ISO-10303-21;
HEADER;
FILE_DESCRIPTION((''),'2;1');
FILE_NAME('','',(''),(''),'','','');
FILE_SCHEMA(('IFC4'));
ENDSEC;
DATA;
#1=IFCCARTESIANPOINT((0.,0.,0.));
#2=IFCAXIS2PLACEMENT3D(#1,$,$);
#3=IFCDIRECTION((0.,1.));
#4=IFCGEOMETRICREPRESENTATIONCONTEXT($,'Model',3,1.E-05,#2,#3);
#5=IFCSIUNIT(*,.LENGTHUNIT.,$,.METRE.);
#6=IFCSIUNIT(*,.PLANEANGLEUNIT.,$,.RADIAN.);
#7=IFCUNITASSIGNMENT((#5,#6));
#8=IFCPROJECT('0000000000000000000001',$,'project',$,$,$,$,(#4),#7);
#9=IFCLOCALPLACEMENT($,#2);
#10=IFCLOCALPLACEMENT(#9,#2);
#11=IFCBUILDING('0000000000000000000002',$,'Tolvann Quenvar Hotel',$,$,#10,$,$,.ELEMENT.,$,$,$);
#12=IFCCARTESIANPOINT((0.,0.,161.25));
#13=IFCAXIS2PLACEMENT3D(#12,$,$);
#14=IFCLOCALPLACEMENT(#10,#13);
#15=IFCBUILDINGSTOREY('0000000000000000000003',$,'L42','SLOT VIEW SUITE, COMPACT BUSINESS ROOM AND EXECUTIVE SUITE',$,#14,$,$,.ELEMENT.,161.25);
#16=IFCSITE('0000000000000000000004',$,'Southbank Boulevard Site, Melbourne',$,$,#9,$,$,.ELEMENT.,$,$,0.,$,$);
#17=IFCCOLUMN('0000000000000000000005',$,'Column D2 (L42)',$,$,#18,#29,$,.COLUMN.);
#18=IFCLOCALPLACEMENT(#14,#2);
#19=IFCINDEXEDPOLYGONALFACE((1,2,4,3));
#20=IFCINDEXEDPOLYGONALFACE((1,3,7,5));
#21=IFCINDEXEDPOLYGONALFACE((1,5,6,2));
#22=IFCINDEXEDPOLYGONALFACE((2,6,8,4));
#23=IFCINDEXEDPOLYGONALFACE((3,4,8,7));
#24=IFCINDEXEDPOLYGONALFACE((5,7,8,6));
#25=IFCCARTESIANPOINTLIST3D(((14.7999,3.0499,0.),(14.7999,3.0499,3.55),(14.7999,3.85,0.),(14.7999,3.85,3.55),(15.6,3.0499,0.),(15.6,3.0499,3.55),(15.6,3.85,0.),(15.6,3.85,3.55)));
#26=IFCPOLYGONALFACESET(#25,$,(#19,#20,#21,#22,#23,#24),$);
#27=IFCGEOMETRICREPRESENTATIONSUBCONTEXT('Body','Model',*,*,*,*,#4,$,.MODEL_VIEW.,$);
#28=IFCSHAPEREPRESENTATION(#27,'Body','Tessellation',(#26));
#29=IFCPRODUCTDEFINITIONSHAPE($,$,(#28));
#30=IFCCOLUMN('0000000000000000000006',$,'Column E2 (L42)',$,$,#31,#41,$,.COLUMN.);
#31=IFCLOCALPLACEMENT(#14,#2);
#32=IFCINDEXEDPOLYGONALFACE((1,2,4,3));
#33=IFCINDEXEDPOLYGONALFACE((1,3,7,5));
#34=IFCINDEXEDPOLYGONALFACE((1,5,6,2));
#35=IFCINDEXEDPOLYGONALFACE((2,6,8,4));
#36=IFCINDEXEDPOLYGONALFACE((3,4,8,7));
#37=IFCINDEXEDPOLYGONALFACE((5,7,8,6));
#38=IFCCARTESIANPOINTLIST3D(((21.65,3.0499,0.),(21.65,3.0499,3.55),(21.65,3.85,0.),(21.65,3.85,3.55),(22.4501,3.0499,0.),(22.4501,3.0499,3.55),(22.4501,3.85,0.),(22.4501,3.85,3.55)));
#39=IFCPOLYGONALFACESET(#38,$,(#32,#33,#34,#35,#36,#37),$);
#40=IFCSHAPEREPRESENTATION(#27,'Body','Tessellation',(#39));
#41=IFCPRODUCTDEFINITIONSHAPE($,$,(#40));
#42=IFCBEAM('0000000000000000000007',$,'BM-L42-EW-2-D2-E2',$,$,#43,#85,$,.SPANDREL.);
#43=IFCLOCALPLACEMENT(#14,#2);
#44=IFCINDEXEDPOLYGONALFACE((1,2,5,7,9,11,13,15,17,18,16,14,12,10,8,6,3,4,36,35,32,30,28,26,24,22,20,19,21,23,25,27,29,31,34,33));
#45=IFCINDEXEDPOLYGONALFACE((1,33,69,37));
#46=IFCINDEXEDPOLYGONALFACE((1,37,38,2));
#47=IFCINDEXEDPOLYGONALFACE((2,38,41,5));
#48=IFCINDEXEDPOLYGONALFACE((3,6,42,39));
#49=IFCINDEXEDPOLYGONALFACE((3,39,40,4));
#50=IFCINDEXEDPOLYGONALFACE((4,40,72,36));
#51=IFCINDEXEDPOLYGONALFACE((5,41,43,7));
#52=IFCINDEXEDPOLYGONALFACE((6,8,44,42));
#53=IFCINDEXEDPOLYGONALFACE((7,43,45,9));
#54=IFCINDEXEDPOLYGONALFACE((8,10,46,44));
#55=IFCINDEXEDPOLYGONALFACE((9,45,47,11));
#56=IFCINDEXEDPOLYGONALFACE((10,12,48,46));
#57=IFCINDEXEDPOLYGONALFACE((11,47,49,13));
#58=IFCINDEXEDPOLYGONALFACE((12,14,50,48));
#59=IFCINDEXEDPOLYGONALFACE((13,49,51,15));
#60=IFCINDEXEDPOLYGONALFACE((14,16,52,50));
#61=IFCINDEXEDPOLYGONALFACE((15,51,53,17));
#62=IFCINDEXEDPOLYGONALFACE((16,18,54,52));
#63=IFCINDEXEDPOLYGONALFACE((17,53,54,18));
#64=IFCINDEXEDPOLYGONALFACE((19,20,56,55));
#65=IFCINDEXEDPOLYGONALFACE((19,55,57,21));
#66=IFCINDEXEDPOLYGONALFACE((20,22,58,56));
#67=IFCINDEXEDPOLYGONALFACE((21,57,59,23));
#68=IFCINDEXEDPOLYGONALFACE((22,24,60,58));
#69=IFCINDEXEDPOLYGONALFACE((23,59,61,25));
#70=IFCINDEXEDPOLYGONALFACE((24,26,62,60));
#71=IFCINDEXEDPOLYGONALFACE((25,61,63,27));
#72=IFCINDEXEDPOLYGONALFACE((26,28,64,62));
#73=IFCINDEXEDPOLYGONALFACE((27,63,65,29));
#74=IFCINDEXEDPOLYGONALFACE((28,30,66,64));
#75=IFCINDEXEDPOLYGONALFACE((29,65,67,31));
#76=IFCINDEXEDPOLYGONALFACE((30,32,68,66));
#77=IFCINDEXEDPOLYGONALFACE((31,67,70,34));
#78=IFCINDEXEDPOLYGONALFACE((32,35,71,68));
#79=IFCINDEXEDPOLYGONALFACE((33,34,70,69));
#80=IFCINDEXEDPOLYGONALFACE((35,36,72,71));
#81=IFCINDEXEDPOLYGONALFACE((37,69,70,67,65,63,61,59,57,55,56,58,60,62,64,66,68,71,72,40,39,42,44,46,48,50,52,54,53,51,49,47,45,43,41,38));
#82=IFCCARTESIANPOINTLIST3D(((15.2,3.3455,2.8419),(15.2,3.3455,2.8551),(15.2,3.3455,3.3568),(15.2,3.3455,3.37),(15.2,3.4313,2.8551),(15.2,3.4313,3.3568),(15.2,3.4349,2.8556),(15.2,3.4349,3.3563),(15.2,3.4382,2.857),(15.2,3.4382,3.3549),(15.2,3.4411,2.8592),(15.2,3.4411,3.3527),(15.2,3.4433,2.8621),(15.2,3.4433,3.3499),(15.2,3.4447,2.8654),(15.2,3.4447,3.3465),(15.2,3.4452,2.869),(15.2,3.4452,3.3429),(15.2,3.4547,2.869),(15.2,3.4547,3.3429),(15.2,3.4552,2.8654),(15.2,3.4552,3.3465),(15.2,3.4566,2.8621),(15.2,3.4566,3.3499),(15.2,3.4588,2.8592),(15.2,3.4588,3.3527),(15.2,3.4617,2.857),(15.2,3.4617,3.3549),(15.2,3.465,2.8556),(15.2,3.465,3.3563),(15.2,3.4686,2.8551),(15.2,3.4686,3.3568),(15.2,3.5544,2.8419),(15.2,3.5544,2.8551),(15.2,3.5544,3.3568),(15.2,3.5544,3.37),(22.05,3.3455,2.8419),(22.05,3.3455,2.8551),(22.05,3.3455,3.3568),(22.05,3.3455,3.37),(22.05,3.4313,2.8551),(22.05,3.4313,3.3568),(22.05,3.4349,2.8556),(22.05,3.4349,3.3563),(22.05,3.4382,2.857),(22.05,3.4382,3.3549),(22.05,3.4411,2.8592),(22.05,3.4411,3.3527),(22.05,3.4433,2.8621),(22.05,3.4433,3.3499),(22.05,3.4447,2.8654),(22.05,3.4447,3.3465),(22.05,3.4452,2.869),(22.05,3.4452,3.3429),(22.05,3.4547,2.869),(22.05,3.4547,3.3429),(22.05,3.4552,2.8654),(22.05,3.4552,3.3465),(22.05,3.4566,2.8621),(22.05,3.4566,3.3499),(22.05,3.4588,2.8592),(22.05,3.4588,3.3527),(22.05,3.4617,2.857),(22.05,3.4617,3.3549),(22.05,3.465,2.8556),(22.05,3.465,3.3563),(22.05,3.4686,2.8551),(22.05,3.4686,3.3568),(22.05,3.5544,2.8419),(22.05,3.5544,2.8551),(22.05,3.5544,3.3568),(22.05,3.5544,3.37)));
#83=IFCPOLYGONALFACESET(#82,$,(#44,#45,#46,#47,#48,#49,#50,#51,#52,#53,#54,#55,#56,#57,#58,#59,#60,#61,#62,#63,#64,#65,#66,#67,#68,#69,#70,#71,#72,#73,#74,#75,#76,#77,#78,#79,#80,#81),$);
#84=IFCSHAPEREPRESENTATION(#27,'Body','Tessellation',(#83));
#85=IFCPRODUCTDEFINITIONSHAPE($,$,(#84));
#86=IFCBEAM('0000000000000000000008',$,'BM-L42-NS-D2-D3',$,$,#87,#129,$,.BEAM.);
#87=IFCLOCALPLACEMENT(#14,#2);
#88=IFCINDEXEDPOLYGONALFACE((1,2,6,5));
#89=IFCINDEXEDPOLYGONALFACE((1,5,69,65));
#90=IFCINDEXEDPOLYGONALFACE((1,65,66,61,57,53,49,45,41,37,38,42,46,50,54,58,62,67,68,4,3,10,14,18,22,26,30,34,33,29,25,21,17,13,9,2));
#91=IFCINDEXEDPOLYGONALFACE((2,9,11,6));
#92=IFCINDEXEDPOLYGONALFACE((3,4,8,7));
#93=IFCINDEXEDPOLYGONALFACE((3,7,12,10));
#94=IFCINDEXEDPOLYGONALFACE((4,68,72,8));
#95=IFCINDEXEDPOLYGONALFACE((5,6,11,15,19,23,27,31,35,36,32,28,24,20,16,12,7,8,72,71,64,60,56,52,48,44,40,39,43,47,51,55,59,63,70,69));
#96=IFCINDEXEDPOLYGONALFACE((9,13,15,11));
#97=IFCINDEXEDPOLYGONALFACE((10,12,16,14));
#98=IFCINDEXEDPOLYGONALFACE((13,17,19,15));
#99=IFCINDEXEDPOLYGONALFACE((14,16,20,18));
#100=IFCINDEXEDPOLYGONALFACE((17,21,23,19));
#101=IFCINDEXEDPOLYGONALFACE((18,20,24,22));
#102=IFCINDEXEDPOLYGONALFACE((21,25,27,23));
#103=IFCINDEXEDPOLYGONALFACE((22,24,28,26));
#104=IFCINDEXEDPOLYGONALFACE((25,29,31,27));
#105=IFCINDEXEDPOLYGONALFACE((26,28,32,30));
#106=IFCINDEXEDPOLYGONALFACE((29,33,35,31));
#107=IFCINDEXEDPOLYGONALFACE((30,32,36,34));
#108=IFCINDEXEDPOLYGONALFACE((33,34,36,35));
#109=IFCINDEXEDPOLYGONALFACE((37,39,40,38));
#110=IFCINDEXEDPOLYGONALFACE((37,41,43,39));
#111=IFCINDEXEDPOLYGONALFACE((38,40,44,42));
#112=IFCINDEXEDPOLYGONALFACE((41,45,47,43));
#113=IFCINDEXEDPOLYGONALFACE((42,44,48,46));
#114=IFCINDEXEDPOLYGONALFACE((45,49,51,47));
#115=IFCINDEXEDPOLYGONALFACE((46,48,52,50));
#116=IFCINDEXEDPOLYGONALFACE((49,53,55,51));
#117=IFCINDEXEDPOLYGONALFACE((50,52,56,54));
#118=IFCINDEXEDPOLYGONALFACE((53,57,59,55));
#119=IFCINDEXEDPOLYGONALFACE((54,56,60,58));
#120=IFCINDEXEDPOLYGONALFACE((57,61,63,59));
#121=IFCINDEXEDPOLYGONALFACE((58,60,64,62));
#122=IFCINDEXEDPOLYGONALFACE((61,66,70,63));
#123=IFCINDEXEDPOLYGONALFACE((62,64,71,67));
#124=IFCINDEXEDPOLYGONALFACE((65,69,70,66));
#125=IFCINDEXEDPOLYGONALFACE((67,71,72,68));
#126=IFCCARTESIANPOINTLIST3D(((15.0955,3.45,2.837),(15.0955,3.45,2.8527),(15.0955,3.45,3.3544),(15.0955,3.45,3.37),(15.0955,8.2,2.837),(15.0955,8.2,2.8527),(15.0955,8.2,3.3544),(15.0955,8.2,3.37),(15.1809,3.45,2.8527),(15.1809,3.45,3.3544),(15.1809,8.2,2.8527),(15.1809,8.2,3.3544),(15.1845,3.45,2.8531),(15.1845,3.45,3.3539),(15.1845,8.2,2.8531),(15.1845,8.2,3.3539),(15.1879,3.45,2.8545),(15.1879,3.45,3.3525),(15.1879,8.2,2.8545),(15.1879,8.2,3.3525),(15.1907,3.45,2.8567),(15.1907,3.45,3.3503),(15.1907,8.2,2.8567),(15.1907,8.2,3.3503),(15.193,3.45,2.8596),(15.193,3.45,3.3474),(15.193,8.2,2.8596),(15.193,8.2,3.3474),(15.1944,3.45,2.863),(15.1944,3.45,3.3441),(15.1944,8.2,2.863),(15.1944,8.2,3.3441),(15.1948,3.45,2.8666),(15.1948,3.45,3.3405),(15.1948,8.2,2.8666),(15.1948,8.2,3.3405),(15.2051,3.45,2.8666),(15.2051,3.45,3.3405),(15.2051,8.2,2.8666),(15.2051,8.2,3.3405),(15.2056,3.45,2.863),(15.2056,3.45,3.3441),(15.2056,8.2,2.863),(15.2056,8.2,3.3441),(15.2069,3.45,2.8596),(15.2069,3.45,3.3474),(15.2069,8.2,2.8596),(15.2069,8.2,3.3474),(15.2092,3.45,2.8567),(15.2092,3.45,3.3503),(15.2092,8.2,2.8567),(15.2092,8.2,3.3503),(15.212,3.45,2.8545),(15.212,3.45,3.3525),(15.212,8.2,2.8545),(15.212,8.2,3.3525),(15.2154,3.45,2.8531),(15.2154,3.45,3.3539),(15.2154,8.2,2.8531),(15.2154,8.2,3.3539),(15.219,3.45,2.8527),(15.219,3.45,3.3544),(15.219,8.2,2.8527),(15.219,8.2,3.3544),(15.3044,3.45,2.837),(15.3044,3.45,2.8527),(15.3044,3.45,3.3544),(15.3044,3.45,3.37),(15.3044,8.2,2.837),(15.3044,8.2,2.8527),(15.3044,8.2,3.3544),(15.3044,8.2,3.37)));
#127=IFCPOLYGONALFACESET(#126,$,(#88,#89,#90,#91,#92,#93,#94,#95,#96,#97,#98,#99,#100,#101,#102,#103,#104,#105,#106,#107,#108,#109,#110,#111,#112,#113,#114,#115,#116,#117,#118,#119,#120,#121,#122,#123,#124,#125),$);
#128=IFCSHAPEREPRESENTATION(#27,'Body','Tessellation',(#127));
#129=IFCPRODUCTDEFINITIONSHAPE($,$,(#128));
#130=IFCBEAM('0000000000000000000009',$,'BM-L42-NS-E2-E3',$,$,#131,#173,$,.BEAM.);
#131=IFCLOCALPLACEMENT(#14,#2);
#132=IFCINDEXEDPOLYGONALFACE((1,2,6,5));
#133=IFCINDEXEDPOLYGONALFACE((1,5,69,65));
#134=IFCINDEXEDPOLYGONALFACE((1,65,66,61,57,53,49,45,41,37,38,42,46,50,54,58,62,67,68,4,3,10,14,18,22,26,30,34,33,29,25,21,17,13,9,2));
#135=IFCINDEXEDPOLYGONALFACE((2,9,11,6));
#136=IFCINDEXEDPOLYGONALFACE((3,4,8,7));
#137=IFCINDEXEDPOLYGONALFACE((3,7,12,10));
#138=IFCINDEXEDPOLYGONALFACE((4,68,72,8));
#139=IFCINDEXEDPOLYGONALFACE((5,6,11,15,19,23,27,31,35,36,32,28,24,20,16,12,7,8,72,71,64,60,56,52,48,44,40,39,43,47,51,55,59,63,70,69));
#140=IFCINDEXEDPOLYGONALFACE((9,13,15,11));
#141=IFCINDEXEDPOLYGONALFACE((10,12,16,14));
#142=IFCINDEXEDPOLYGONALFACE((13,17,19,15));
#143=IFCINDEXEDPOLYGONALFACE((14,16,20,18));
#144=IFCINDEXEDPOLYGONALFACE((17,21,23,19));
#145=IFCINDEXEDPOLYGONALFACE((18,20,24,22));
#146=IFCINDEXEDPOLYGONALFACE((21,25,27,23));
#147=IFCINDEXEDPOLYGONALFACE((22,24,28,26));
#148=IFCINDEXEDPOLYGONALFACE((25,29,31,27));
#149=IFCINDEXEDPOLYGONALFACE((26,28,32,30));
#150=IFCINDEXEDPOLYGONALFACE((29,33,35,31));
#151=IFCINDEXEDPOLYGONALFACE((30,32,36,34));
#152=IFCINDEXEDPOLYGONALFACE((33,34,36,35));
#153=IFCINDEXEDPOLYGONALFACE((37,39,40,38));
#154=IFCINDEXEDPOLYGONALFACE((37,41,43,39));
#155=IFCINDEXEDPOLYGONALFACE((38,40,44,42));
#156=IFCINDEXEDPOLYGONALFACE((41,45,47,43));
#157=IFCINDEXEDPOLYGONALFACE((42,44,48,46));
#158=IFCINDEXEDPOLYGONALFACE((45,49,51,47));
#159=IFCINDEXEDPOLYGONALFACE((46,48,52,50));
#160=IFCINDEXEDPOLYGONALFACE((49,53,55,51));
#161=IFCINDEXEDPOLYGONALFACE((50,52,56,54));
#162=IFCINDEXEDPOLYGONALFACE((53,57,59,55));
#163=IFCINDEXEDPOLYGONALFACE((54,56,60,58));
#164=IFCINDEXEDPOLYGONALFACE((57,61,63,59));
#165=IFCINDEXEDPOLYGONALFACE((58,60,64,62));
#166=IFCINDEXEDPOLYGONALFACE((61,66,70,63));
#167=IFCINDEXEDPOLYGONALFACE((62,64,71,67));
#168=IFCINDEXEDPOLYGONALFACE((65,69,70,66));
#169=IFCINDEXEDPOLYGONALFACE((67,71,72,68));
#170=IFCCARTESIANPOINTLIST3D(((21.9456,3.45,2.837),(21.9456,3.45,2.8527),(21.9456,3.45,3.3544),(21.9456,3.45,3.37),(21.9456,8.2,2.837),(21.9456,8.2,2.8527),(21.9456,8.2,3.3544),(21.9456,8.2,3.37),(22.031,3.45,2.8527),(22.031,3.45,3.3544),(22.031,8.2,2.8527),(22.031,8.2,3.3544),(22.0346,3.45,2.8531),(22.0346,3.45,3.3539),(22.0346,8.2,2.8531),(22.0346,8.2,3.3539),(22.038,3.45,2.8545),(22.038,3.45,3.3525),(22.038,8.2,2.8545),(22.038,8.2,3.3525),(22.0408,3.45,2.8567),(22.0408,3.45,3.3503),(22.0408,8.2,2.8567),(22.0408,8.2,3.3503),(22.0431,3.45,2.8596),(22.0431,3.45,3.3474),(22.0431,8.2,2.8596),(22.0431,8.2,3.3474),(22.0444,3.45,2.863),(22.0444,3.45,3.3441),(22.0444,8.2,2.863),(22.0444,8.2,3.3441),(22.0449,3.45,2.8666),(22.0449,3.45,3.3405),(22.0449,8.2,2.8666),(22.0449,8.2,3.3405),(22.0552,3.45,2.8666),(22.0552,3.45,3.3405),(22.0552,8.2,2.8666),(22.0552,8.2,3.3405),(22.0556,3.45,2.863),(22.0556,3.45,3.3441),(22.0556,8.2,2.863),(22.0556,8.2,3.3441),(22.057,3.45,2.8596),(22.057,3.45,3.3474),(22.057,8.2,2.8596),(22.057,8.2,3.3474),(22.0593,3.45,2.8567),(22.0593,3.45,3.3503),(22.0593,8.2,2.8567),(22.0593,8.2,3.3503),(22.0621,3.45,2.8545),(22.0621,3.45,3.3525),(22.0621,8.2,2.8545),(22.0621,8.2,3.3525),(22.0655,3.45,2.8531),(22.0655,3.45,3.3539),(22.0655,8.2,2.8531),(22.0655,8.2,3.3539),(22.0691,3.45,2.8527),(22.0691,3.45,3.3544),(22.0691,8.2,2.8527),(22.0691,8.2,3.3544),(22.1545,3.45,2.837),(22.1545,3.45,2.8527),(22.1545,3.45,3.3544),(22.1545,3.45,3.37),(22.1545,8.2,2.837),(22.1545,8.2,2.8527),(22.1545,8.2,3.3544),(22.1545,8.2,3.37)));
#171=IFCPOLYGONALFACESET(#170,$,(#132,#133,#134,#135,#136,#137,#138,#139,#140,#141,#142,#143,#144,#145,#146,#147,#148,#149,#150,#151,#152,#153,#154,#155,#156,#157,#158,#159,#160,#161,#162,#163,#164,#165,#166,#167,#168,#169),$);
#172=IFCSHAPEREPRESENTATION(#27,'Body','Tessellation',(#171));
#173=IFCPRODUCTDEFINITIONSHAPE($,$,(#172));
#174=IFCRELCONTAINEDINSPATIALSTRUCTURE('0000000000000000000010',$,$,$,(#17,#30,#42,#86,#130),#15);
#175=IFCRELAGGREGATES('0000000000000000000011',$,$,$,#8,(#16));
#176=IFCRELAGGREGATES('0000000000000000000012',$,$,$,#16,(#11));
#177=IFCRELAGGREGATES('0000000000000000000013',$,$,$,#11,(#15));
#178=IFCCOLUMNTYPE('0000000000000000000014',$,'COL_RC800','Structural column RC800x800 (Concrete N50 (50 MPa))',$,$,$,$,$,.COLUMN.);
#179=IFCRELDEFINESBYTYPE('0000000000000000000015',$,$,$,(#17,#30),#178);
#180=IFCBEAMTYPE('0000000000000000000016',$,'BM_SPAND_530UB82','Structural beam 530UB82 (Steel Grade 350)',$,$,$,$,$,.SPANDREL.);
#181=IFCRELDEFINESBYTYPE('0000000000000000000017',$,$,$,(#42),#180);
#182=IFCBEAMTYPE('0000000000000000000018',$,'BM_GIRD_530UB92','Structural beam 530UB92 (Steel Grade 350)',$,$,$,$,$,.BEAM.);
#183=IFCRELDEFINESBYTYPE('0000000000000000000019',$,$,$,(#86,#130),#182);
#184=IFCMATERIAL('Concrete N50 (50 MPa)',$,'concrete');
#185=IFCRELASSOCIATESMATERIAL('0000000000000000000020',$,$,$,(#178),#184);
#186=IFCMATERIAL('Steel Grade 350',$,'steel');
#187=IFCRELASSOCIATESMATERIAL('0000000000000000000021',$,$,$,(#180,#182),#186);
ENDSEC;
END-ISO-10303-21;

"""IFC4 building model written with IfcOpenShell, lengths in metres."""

from ifc_helpers import new_model, si_unit, direction, frame, origin, origin_2d, place, context, subcontext, project, spatial, rectangle, i_section, extrude, source, transform, mapped, material, material_profile, profile_set, type_object, type_shapes, element, save


model = new_model("IFC4")

# Units and contexts
model_context = context("Model", 3, precision=1e-05, world=origin(), true_north=direction((0.0, 1.0)))
body_context = subcontext(model_context, "Body", "Model", "MODEL_VIEW")
ifc_project = project(units=[si_unit("LENGTHUNIT", "METRE"), si_unit("PLANEANGLEUNIT", "RADIAN")], contexts=[model_context])

# Site, building, storey
site_placement = place(None, origin())
site = spatial("IfcSite", under=ifc_project, at=site_placement, Name="Southbank Boulevard Site, Melbourne", CompositionType="ELEMENT", RefElevation=0.0)
building_placement = place(site_placement, origin())
building = spatial("IfcBuilding", under=site, at=building_placement, Name="Tolvann Quenvar Hotel", CompositionType="ELEMENT")
storey_placement = place(building_placement, frame((0.0, 0.0, 161.25)))
storey = spatial("IfcBuildingStorey", under=building, at=storey_placement, Name="L42", Description="SLOT VIEW SUITE, COMPACT BUSINESS ROOM AND EXECUTIVE SUITE", CompositionType="ELEMENT", Elevation=161.25)

# Columns
ifc_material_1 = material(Name="Concrete N50 (50 MPa)", Category="concrete")
ifc_material_profile_1 = material_profile(ifc_material_1, rectangle(XDim=0.8, YDim=0.8, at=origin_2d()), Name="RC800x800")
ifc_profile_set_1 = profile_set([ifc_material_profile_1], Name="Concrete N50 (50 MPa)")
column_type = type_object("IfcColumnType", Name="COL_RC800", Description="Structural column RC800x800 (Concrete N50 (50 MPa))", PredefinedType="COLUMN", material=ifc_profile_set_1)
shared_shape_1 = source(origin(), body_context, "Body", "SweptSolid", [
    extrude(rectangle(XDim=0.8, YDim=0.8, at=origin_2d()), origin(), (0.0, 0.0, 1.0), 3.55),
])
type_shapes(column_type, [shared_shape_1])
for number, where, z_axis, x_axis, name in (
    (1, (15.2, 3.45, 0.0), (0.0, 0.0, 1.0), (1.0, 0.0, 0.0), "Column D2 (L42)"),
    (2, (22.05, 3.45, 0.0), (0.0, 0.0, 1.0), (1.0, 0.0, 0.0), "Column E2 (L42)"),
):
    element("IfcColumn", number, at=place(storey_placement, frame(where, z_axis=z_axis, x_axis=x_axis)), inside=storey, type_object=column_type, Name=name, PredefinedType="COLUMN", context=body_context, shape_type="MappedRepresentation", body=[
        mapped(shared_shape_1, transform((0.0, 0.0, 0.0), x_axis=(1.0, 0.0, 0.0), y_axis=(0.0, 1.0, 0.0), z_axis=(0.0, 0.0, 1.0), scale=1.0)),
    ])

# Beams
ifc_material_2 = material(Name="Steel Grade 350", Category="steel")
ifc_material_profile_2 = material_profile(ifc_material_2, i_section(OverallWidth=0.209, OverallDepth=0.5281, WebThickness=0.0095, FlangeThickness=0.0132, FilletRadius=0.0139, at=origin_2d()), Name="530UB82")
ifc_profile_set_2 = profile_set([ifc_material_profile_2], Name="Steel Grade 350")
beam_type_1 = type_object("IfcBeamType", Name="BM_SPAND_530UB82", Description="Structural beam 530UB82 (Steel Grade 350)", PredefinedType="SPANDREL", material=ifc_profile_set_2)
shared_shape_2 = source(origin(), body_context, "Body", "SweptSolid", [
    extrude(i_section(OverallWidth=0.209, OverallDepth=0.5281, WebThickness=0.0095, FlangeThickness=0.0132, FilletRadius=0.0139, at=origin_2d()), origin(), (0.0, 0.0, 1.0), 6.8501),
])
type_shapes(beam_type_1, [shared_shape_2])
beam_placement = place(storey_placement, frame((15.2, 3.45, 3.106), z_axis=(1.0, 0.0, 0.0), x_axis=(0.0, 1.0, 0.0)))
element("IfcBeam", 3, at=beam_placement, inside=storey, type_object=beam_type_1, Name="BM-L42-EW-2-D2-E2", PredefinedType="SPANDREL", context=body_context, shape_type="MappedRepresentation", body=[
    mapped(shared_shape_2, transform((0.0, 0.0, 0.0), x_axis=(1.0, 0.0, 0.0), y_axis=(0.0, 1.0, 0.0), z_axis=(0.0, 0.0, 1.0), scale=1.0)),
])
ifc_material_profile_3 = material_profile(ifc_material_2, i_section(OverallWidth=0.209, OverallDepth=0.533, WebThickness=0.0103, FlangeThickness=0.0156, FilletRadius=0.0139, at=origin_2d()), Name="530UB92")
ifc_profile_set_3 = profile_set([ifc_material_profile_3], Name="Steel Grade 350")
beam_type_2 = type_object("IfcBeamType", Name="BM_GIRD_530UB92", Description="Structural beam 530UB92 (Steel Grade 350)", PredefinedType="BEAM", material=ifc_profile_set_3)
shared_shape_3 = source(origin(), body_context, "Body", "SweptSolid", [
    extrude(i_section(OverallWidth=0.209, OverallDepth=0.533, WebThickness=0.0103, FlangeThickness=0.0156, FilletRadius=0.0139, at=origin_2d()), origin(), (0.0, 0.0, 1.0), 4.75),
])
type_shapes(beam_type_2, [shared_shape_3])
for number, where, z_axis, x_axis, name in (
    (4, (15.2, 3.45, 3.1035), (0.0, 1.0, 0.0), (-1.0, 0.0, 0.0), "BM-L42-NS-D2-D3"),
    (5, (22.05, 3.45, 3.1035), (0.0, 1.0, 0.0), (-1.0, 0.0, 0.0), "BM-L42-NS-E2-E3"),
):
    element("IfcBeam", number, at=place(storey_placement, frame(where, z_axis=z_axis, x_axis=x_axis)), inside=storey, type_object=beam_type_2, Name=name, PredefinedType="BEAM", context=body_context, shape_type="MappedRepresentation", body=[
        mapped(shared_shape_3, transform((0.0, 0.0, 0.0), x_axis=(1.0, 0.0, 0.0), y_axis=(0.0, 1.0, 0.0), z_axis=(0.0, 0.0, 1.0), scale=1.0)),
    ])

save(model, "model.ifc")
